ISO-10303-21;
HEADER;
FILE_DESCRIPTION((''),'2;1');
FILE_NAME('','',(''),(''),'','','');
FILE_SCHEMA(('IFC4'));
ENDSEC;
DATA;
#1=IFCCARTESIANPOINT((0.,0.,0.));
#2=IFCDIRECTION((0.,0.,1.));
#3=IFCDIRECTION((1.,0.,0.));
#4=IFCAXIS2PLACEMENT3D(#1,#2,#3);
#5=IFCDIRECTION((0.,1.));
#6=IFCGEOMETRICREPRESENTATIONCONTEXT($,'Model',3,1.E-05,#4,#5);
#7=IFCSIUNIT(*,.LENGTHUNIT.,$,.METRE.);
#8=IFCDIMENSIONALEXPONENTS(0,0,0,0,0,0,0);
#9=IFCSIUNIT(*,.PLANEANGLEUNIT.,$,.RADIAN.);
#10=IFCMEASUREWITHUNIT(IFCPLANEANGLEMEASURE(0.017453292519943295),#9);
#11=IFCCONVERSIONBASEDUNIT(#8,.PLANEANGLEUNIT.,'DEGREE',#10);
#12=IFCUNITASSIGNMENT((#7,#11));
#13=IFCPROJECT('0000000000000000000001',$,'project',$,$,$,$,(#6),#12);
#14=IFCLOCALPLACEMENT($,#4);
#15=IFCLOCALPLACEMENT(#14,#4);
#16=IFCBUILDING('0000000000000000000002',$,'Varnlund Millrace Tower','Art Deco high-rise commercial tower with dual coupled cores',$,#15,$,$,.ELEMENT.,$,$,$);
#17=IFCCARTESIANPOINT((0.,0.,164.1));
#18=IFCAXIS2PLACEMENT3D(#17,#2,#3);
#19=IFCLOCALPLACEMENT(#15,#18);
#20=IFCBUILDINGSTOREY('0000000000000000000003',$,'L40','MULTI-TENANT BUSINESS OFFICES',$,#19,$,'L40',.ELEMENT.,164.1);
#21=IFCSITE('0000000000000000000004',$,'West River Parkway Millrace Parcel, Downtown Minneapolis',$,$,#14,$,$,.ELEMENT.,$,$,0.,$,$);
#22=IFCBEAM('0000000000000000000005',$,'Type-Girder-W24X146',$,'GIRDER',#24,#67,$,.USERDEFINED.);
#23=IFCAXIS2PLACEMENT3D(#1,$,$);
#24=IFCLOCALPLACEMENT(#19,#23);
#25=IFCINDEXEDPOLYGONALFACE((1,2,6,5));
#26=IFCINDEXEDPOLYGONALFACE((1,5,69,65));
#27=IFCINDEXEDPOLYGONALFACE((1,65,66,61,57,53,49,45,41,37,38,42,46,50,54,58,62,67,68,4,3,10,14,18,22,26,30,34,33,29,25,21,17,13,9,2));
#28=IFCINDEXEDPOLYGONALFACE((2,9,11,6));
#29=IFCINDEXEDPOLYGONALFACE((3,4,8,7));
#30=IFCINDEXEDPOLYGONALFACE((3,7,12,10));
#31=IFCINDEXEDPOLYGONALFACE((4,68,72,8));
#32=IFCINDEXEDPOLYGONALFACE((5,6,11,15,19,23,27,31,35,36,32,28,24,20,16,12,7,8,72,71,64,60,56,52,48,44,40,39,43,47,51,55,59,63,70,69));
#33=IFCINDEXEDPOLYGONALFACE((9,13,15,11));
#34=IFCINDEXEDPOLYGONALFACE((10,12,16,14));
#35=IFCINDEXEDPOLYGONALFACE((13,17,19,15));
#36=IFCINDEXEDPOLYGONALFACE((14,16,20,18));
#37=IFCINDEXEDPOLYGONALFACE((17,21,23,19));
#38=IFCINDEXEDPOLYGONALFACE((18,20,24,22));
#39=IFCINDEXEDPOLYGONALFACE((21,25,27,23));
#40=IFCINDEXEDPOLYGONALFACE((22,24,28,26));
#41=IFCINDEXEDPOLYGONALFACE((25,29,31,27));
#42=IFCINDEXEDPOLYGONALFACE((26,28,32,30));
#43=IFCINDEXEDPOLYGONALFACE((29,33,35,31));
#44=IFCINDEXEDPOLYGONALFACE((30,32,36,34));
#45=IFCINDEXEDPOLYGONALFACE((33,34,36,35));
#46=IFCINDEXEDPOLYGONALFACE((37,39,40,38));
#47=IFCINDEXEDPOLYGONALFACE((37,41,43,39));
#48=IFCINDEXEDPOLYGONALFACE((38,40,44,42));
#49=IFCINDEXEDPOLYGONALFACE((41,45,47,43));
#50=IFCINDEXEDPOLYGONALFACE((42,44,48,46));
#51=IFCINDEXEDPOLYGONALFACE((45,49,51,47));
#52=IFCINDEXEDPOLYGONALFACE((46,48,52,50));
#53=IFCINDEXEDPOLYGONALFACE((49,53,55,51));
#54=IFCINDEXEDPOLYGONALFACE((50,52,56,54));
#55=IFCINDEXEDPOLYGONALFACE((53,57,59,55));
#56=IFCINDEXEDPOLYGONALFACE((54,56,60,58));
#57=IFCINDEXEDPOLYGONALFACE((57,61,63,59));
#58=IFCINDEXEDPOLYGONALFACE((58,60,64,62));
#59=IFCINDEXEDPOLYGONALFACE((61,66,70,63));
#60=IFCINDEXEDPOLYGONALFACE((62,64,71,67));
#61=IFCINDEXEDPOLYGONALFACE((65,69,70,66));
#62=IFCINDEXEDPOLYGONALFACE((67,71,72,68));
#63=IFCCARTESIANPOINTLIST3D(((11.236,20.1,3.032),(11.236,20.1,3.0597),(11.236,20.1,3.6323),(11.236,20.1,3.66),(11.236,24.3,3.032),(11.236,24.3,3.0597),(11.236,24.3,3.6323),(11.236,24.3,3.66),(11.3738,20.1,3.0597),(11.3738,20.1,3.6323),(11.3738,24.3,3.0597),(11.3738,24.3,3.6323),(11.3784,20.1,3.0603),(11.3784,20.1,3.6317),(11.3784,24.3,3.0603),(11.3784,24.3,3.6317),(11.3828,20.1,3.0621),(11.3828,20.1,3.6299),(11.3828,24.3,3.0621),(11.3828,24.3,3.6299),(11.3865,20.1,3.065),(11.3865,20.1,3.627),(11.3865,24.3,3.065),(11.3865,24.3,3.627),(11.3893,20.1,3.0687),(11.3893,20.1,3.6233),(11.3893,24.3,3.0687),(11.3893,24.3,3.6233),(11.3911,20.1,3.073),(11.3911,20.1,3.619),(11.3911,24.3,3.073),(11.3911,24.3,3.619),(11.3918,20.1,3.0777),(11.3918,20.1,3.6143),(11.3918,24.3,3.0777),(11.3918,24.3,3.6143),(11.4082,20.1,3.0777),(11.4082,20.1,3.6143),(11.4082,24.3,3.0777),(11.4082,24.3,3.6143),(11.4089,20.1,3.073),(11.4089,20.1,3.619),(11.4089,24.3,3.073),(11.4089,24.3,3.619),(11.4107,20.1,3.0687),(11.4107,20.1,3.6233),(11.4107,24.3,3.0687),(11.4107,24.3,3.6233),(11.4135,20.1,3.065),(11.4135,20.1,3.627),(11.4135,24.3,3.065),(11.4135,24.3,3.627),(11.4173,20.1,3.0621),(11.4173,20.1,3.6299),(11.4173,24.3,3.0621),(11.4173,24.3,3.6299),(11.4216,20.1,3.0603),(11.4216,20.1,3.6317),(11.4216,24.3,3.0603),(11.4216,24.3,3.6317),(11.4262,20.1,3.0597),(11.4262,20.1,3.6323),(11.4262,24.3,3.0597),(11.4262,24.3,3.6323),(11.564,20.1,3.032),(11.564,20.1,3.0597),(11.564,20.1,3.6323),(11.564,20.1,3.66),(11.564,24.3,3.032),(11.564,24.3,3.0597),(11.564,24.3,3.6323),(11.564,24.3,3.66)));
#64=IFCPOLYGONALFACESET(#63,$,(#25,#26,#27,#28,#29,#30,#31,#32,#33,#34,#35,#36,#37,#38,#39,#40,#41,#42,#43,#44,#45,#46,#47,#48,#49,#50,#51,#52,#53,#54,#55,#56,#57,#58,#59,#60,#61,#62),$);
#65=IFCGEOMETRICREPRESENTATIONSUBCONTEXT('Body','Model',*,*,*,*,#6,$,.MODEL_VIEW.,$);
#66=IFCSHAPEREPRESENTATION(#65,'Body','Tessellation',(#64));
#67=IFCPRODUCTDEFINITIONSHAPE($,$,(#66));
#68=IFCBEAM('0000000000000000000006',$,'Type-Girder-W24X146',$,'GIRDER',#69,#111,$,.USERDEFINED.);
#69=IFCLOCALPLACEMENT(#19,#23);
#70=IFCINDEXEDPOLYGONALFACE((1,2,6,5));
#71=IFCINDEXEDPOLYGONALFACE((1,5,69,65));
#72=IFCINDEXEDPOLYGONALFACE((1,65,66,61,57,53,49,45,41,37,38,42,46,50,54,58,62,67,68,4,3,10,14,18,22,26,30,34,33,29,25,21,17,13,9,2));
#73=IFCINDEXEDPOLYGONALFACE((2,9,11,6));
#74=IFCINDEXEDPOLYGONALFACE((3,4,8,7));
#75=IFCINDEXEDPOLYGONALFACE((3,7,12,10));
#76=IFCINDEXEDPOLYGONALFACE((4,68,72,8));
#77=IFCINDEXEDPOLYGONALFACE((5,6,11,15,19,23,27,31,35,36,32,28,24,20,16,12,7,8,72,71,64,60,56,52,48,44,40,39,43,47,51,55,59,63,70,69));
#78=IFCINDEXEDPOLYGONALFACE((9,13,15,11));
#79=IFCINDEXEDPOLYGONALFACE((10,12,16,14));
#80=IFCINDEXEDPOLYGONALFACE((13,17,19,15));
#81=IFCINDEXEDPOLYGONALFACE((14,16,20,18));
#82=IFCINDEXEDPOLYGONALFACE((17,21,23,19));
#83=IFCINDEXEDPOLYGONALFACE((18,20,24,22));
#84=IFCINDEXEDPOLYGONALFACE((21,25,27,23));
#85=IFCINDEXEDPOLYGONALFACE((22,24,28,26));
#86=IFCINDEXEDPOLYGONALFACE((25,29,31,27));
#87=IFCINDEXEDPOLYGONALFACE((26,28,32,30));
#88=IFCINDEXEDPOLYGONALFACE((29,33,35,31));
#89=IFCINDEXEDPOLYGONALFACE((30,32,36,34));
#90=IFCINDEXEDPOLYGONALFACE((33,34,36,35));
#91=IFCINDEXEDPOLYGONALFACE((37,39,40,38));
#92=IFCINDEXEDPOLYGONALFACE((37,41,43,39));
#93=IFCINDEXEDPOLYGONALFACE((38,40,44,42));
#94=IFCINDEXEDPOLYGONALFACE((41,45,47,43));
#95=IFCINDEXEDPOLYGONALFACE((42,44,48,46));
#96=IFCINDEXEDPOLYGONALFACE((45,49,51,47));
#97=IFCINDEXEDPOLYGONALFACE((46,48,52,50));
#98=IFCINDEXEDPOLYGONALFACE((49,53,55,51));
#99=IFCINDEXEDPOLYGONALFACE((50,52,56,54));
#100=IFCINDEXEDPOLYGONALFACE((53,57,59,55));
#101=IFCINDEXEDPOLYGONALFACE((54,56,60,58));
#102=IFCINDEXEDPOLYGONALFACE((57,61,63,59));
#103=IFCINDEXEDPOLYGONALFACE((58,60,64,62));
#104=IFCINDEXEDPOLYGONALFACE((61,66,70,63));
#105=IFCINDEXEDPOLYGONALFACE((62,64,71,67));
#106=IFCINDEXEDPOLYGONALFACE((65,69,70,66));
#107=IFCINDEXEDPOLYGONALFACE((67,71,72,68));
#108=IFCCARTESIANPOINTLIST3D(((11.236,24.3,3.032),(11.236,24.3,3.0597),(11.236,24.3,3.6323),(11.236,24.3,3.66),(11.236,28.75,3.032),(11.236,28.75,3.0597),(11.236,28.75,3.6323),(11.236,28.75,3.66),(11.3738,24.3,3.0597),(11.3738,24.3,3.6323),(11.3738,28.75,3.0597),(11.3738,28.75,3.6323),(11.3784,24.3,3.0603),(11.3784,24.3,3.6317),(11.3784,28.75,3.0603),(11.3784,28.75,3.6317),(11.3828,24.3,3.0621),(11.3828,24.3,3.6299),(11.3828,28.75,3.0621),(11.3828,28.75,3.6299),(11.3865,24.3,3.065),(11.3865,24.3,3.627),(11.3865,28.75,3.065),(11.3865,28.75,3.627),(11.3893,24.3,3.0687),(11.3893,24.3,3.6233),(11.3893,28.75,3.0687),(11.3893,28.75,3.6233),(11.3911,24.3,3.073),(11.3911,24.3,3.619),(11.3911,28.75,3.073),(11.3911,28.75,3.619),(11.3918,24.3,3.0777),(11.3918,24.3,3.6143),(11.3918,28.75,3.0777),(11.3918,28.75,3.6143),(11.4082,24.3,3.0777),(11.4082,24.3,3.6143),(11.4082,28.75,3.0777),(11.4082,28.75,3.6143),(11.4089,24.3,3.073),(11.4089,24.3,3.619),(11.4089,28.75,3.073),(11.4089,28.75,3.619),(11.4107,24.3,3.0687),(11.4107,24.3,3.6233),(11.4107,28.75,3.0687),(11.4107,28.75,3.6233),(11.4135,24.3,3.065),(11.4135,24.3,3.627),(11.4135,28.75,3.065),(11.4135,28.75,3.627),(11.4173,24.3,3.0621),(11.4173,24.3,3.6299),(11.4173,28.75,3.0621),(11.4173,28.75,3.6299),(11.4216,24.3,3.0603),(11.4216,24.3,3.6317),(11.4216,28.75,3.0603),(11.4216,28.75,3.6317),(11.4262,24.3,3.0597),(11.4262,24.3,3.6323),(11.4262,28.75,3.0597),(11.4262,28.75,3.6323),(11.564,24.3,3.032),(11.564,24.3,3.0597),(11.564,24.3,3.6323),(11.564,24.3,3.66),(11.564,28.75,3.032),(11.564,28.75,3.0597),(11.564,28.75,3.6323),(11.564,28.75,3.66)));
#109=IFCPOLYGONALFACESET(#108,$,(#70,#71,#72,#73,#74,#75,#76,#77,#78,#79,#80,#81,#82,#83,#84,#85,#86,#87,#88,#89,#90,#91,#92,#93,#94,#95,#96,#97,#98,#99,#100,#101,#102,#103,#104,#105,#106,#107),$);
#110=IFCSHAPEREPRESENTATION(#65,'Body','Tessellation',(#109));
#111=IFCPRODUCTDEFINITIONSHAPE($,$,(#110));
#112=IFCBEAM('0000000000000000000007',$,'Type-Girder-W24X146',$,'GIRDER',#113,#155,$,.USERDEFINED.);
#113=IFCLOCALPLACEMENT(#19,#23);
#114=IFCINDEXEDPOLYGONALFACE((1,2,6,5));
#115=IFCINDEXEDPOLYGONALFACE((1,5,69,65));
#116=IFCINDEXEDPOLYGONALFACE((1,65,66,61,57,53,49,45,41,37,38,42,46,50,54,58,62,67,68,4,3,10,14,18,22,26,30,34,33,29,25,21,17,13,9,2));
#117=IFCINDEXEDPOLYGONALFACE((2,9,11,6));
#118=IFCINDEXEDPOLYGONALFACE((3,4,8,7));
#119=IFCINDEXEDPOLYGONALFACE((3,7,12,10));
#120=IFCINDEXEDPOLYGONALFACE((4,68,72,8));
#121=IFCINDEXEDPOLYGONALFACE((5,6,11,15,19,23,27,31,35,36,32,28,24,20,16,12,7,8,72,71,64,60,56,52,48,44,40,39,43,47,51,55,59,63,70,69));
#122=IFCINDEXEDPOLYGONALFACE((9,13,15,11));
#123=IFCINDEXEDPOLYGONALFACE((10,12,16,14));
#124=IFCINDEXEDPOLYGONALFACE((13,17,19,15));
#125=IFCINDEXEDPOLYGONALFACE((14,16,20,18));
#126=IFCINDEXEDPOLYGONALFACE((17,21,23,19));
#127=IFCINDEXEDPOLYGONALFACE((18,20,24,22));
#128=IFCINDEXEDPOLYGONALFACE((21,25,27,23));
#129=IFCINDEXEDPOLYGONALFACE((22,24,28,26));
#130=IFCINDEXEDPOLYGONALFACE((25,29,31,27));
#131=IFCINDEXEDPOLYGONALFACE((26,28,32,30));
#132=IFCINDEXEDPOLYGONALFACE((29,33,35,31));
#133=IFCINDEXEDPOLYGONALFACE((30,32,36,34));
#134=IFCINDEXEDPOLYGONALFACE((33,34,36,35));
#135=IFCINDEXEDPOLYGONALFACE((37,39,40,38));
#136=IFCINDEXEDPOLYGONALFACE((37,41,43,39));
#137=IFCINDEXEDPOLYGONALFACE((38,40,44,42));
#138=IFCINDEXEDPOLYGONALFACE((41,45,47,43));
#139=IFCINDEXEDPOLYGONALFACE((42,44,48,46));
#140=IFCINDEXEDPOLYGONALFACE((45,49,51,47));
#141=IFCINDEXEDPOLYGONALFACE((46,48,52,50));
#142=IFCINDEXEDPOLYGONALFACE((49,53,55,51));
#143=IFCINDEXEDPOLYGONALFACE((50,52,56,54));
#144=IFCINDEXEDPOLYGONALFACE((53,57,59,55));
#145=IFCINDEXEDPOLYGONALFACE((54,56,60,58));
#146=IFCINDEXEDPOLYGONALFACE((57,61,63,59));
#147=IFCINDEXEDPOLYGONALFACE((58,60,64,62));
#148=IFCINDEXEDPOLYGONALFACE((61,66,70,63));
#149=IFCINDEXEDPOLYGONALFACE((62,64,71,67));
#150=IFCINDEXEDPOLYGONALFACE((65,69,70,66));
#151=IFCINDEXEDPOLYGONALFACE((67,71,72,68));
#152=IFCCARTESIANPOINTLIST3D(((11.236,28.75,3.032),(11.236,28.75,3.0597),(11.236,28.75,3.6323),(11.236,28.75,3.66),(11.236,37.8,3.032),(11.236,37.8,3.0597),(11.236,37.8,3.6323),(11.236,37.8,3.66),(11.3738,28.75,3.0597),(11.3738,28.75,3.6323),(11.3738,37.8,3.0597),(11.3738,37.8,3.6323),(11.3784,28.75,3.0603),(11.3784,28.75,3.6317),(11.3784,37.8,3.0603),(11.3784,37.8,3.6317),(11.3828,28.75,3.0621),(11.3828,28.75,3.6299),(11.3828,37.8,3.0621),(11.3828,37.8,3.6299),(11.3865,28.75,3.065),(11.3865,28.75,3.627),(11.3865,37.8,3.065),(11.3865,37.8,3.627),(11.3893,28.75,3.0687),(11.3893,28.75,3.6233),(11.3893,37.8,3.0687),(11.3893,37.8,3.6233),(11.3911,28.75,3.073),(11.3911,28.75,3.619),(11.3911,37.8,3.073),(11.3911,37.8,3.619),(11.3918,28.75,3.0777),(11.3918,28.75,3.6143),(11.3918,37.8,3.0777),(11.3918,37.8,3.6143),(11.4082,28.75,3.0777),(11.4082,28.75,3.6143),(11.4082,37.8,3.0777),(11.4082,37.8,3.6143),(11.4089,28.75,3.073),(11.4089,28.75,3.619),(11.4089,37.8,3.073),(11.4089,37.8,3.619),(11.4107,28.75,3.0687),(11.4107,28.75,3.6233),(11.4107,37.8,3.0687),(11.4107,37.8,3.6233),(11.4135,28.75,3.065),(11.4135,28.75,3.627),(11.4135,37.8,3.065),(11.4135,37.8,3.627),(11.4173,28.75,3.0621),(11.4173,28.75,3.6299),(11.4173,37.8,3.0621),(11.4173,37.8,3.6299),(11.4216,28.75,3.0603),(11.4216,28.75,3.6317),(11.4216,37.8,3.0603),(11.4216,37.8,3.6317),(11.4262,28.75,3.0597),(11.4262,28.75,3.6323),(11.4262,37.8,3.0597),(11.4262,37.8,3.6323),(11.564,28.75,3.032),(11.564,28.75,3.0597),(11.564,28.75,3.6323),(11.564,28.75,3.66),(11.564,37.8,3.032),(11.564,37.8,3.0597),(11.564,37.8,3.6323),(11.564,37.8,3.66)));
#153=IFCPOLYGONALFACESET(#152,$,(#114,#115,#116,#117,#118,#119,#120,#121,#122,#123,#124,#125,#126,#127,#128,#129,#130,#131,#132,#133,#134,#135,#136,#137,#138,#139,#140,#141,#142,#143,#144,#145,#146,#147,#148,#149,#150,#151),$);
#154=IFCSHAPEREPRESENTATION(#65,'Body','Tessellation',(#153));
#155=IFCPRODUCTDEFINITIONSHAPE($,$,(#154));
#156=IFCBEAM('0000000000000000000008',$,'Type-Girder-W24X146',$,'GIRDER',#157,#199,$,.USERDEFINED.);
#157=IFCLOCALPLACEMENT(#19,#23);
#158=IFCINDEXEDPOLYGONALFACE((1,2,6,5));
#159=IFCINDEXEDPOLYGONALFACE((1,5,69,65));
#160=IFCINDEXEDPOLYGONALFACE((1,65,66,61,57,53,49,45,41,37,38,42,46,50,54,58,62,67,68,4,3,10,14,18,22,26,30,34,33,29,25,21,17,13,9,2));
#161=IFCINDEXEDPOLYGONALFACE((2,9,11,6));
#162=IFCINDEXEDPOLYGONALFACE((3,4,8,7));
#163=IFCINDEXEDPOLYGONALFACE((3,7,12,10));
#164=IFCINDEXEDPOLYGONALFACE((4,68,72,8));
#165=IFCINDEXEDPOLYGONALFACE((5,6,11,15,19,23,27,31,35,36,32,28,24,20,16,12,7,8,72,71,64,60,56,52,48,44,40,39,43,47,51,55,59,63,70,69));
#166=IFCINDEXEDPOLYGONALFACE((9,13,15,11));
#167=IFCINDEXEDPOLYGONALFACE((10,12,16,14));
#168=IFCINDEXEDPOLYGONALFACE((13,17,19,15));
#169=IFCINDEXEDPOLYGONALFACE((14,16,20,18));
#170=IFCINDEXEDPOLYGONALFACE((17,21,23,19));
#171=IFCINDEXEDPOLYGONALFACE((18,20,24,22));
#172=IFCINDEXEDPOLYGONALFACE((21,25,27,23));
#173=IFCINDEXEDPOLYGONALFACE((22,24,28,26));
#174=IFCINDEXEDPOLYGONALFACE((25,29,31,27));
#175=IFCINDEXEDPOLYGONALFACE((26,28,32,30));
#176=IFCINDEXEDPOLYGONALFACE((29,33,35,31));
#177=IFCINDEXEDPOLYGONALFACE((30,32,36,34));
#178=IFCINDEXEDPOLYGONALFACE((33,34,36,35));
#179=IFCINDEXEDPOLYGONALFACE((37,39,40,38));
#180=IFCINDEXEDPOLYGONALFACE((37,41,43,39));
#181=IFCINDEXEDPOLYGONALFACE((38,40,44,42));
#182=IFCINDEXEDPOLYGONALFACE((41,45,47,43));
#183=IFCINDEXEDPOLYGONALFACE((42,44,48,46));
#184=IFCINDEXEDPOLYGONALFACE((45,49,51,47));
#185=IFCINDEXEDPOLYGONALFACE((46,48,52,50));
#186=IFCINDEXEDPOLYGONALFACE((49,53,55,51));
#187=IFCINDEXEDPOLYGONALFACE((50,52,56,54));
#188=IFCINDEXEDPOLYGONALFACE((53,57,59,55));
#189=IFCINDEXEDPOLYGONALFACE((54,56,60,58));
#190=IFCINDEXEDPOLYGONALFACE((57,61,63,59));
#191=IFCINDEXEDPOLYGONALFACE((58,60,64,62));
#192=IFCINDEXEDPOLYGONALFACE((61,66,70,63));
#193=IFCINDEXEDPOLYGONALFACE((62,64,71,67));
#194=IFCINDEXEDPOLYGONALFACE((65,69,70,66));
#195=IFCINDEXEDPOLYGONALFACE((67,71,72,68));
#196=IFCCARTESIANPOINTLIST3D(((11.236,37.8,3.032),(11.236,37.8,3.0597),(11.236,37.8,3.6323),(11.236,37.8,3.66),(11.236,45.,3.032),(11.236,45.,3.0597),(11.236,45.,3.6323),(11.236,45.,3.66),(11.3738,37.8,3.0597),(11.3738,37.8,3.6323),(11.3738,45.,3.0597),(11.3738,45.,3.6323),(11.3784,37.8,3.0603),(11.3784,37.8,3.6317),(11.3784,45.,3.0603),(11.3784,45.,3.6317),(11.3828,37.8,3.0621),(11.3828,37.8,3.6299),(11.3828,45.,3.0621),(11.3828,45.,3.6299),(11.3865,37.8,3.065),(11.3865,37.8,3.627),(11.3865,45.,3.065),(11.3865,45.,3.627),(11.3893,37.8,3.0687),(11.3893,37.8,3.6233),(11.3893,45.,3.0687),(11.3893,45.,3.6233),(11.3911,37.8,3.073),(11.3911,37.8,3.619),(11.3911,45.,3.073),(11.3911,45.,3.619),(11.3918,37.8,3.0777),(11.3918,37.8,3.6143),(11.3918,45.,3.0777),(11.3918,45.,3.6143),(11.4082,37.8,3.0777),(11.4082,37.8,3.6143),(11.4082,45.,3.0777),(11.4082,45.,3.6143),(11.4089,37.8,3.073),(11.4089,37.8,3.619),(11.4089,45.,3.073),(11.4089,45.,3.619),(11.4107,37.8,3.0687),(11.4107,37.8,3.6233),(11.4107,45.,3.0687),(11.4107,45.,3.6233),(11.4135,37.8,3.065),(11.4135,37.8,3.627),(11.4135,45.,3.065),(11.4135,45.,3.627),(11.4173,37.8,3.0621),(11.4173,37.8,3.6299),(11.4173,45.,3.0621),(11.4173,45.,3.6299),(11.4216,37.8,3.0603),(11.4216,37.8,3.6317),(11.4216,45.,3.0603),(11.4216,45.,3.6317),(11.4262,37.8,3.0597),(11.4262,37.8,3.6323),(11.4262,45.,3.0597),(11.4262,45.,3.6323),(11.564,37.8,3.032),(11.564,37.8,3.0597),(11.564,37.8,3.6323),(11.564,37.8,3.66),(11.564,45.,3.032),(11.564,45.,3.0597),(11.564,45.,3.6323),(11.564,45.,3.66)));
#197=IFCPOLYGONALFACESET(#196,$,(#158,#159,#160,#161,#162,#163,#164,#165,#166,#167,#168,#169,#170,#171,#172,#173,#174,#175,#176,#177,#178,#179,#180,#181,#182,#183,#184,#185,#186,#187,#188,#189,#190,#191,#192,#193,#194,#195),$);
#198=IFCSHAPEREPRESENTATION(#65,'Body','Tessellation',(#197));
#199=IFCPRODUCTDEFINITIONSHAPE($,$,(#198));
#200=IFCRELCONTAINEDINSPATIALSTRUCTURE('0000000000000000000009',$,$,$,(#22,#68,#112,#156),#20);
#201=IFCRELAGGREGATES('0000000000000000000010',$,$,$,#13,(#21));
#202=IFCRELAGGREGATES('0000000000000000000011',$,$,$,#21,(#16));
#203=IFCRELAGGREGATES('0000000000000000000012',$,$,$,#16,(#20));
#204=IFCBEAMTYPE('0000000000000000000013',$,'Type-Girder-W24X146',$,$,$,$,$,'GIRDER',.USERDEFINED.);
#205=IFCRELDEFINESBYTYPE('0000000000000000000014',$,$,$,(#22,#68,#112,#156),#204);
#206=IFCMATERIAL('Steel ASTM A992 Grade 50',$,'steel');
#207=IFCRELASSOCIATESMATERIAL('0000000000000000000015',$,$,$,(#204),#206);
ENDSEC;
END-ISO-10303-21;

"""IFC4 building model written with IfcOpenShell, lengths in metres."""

from ifc_helpers import new_model, entity, si_unit, converted_unit, direction, frame, origin_with_axes, origin_2d_with_axis, place, context, subcontext, project, spatial, i_section, extrude, material, material_profile, profile_set, type_object, element, save


model = new_model("IFC4")

# Units and contexts
model_context = context("Model", 3, precision=1e-05, world=origin_with_axes(), true_north=direction((0.0, 1.0)))
body_context = subcontext(model_context, "Body", "Model", "MODEL_VIEW")
ifc_project = project(units=[si_unit("LENGTHUNIT", "METRE"), converted_unit("PLANEANGLEUNIT", "DEGREE", entity("IfcPlaneAngleMeasure", 0.017453292519943295), si_unit("PLANEANGLEUNIT", "RADIAN"), dimensions=[0, 0, 0, 0, 0, 0, 0])], contexts=[model_context])

# Site, building, storey
site_placement = place(None, origin_with_axes())
site = spatial("IfcSite", under=ifc_project, at=site_placement, Name="West River Parkway Millrace Parcel, Downtown Minneapolis", CompositionType="ELEMENT", RefElevation=0.0)
building_placement = place(site_placement, origin_with_axes())
building = spatial("IfcBuilding", under=site, at=building_placement, Name="Varnlund Millrace Tower", Description="Art Deco high-rise commercial tower with dual coupled cores", CompositionType="ELEMENT")
storey_placement = place(building_placement, frame((0.0, 0.0, 164.1), z_axis=(0.0, 0.0, 1.0), x_axis=(1.0, 0.0, 0.0)))
storey = spatial("IfcBuildingStorey", under=building, at=storey_placement, Name="L40", Description="MULTI-TENANT BUSINESS OFFICES", LongName="L40", CompositionType="ELEMENT", Elevation=164.1)

# Beams
ifc_material_1 = material(Name="Steel ASTM A992 Grade 50", Category="steel")
ifc_material_profile_1 = material_profile(ifc_material_1, i_section(OverallWidth=0.328, OverallDepth=0.628, WebThickness=0.0165, FlangeThickness=0.0277, FilletRadius=0.018, at=origin_2d_with_axis()), Name="Steel ASTM A992 Grade 50")
ifc_profile_set_1 = profile_set([ifc_material_profile_1], Name="Steel ASTM A992 Grade 50")
beam_type_1 = type_object("IfcBeamType", Name="Type-Girder-W24X146", ElementType="GIRDER", PredefinedType="USERDEFINED", material=ifc_profile_set_1)
beam_1_placement = place(storey_placement, frame((11.4, 20.1, 3.346), z_axis=(0.0, 1.0, 0.0), x_axis=(-1.0, 0.0, 0.0)))
element("IfcBeam", 1, at=beam_1_placement, inside=storey, type_object=beam_type_1, Name="Type-Girder-W24X146", ObjectType="GIRDER", PredefinedType="USERDEFINED", context=body_context, shape_type="SweptSolid", body=[
    extrude(i_section(OverallWidth=0.328, OverallDepth=0.628, WebThickness=0.0165, FlangeThickness=0.0277, FilletRadius=0.018, at=origin_2d_with_axis()), origin_with_axes(), (0.0, 0.0, 1.0), 4.2),
])
beam_2_placement = place(storey_placement, frame((11.4, 24.3, 3.346), z_axis=(0.0, 1.0, 0.0), x_axis=(-1.0, 0.0, 0.0)))
element("IfcBeam", 2, at=beam_2_placement, inside=storey, type_object=beam_type_1, Name="Type-Girder-W24X146", ObjectType="GIRDER", PredefinedType="USERDEFINED", context=body_context, shape_type="SweptSolid", body=[
    extrude(i_section(OverallWidth=0.328, OverallDepth=0.628, WebThickness=0.0165, FlangeThickness=0.0277, FilletRadius=0.018, at=origin_2d_with_axis()), origin_with_axes(), (0.0, 0.0, 1.0), 4.45),
])
beam_3_placement = place(storey_placement, frame((11.4, 28.75, 3.346), z_axis=(0.0, 1.0, 0.0), x_axis=(-1.0, 0.0, 0.0)))
element("IfcBeam", 3, at=beam_3_placement, inside=storey, type_object=beam_type_1, Name="Type-Girder-W24X146", ObjectType="GIRDER", PredefinedType="USERDEFINED", context=body_context, shape_type="SweptSolid", body=[
    extrude(i_section(OverallWidth=0.328, OverallDepth=0.628, WebThickness=0.0165, FlangeThickness=0.0277, FilletRadius=0.018, at=origin_2d_with_axis()), origin_with_axes(), (0.0, 0.0, 1.0), 9.05),
])
beam_4_placement = place(storey_placement, frame((11.4, 37.8, 3.346), z_axis=(0.0, 1.0, 0.0), x_axis=(-1.0, 0.0, 0.0)))
element("IfcBeam", 4, at=beam_4_placement, inside=storey, type_object=beam_type_1, Name="Type-Girder-W24X146", ObjectType="GIRDER", PredefinedType="USERDEFINED", context=body_context, shape_type="SweptSolid", body=[
    extrude(i_section(OverallWidth=0.328, OverallDepth=0.628, WebThickness=0.0165, FlangeThickness=0.0277, FilletRadius=0.018, at=origin_2d_with_axis()), origin_with_axes(), (0.0, 0.0, 1.0), 7.2),
])

save(model, "model.ifc")
